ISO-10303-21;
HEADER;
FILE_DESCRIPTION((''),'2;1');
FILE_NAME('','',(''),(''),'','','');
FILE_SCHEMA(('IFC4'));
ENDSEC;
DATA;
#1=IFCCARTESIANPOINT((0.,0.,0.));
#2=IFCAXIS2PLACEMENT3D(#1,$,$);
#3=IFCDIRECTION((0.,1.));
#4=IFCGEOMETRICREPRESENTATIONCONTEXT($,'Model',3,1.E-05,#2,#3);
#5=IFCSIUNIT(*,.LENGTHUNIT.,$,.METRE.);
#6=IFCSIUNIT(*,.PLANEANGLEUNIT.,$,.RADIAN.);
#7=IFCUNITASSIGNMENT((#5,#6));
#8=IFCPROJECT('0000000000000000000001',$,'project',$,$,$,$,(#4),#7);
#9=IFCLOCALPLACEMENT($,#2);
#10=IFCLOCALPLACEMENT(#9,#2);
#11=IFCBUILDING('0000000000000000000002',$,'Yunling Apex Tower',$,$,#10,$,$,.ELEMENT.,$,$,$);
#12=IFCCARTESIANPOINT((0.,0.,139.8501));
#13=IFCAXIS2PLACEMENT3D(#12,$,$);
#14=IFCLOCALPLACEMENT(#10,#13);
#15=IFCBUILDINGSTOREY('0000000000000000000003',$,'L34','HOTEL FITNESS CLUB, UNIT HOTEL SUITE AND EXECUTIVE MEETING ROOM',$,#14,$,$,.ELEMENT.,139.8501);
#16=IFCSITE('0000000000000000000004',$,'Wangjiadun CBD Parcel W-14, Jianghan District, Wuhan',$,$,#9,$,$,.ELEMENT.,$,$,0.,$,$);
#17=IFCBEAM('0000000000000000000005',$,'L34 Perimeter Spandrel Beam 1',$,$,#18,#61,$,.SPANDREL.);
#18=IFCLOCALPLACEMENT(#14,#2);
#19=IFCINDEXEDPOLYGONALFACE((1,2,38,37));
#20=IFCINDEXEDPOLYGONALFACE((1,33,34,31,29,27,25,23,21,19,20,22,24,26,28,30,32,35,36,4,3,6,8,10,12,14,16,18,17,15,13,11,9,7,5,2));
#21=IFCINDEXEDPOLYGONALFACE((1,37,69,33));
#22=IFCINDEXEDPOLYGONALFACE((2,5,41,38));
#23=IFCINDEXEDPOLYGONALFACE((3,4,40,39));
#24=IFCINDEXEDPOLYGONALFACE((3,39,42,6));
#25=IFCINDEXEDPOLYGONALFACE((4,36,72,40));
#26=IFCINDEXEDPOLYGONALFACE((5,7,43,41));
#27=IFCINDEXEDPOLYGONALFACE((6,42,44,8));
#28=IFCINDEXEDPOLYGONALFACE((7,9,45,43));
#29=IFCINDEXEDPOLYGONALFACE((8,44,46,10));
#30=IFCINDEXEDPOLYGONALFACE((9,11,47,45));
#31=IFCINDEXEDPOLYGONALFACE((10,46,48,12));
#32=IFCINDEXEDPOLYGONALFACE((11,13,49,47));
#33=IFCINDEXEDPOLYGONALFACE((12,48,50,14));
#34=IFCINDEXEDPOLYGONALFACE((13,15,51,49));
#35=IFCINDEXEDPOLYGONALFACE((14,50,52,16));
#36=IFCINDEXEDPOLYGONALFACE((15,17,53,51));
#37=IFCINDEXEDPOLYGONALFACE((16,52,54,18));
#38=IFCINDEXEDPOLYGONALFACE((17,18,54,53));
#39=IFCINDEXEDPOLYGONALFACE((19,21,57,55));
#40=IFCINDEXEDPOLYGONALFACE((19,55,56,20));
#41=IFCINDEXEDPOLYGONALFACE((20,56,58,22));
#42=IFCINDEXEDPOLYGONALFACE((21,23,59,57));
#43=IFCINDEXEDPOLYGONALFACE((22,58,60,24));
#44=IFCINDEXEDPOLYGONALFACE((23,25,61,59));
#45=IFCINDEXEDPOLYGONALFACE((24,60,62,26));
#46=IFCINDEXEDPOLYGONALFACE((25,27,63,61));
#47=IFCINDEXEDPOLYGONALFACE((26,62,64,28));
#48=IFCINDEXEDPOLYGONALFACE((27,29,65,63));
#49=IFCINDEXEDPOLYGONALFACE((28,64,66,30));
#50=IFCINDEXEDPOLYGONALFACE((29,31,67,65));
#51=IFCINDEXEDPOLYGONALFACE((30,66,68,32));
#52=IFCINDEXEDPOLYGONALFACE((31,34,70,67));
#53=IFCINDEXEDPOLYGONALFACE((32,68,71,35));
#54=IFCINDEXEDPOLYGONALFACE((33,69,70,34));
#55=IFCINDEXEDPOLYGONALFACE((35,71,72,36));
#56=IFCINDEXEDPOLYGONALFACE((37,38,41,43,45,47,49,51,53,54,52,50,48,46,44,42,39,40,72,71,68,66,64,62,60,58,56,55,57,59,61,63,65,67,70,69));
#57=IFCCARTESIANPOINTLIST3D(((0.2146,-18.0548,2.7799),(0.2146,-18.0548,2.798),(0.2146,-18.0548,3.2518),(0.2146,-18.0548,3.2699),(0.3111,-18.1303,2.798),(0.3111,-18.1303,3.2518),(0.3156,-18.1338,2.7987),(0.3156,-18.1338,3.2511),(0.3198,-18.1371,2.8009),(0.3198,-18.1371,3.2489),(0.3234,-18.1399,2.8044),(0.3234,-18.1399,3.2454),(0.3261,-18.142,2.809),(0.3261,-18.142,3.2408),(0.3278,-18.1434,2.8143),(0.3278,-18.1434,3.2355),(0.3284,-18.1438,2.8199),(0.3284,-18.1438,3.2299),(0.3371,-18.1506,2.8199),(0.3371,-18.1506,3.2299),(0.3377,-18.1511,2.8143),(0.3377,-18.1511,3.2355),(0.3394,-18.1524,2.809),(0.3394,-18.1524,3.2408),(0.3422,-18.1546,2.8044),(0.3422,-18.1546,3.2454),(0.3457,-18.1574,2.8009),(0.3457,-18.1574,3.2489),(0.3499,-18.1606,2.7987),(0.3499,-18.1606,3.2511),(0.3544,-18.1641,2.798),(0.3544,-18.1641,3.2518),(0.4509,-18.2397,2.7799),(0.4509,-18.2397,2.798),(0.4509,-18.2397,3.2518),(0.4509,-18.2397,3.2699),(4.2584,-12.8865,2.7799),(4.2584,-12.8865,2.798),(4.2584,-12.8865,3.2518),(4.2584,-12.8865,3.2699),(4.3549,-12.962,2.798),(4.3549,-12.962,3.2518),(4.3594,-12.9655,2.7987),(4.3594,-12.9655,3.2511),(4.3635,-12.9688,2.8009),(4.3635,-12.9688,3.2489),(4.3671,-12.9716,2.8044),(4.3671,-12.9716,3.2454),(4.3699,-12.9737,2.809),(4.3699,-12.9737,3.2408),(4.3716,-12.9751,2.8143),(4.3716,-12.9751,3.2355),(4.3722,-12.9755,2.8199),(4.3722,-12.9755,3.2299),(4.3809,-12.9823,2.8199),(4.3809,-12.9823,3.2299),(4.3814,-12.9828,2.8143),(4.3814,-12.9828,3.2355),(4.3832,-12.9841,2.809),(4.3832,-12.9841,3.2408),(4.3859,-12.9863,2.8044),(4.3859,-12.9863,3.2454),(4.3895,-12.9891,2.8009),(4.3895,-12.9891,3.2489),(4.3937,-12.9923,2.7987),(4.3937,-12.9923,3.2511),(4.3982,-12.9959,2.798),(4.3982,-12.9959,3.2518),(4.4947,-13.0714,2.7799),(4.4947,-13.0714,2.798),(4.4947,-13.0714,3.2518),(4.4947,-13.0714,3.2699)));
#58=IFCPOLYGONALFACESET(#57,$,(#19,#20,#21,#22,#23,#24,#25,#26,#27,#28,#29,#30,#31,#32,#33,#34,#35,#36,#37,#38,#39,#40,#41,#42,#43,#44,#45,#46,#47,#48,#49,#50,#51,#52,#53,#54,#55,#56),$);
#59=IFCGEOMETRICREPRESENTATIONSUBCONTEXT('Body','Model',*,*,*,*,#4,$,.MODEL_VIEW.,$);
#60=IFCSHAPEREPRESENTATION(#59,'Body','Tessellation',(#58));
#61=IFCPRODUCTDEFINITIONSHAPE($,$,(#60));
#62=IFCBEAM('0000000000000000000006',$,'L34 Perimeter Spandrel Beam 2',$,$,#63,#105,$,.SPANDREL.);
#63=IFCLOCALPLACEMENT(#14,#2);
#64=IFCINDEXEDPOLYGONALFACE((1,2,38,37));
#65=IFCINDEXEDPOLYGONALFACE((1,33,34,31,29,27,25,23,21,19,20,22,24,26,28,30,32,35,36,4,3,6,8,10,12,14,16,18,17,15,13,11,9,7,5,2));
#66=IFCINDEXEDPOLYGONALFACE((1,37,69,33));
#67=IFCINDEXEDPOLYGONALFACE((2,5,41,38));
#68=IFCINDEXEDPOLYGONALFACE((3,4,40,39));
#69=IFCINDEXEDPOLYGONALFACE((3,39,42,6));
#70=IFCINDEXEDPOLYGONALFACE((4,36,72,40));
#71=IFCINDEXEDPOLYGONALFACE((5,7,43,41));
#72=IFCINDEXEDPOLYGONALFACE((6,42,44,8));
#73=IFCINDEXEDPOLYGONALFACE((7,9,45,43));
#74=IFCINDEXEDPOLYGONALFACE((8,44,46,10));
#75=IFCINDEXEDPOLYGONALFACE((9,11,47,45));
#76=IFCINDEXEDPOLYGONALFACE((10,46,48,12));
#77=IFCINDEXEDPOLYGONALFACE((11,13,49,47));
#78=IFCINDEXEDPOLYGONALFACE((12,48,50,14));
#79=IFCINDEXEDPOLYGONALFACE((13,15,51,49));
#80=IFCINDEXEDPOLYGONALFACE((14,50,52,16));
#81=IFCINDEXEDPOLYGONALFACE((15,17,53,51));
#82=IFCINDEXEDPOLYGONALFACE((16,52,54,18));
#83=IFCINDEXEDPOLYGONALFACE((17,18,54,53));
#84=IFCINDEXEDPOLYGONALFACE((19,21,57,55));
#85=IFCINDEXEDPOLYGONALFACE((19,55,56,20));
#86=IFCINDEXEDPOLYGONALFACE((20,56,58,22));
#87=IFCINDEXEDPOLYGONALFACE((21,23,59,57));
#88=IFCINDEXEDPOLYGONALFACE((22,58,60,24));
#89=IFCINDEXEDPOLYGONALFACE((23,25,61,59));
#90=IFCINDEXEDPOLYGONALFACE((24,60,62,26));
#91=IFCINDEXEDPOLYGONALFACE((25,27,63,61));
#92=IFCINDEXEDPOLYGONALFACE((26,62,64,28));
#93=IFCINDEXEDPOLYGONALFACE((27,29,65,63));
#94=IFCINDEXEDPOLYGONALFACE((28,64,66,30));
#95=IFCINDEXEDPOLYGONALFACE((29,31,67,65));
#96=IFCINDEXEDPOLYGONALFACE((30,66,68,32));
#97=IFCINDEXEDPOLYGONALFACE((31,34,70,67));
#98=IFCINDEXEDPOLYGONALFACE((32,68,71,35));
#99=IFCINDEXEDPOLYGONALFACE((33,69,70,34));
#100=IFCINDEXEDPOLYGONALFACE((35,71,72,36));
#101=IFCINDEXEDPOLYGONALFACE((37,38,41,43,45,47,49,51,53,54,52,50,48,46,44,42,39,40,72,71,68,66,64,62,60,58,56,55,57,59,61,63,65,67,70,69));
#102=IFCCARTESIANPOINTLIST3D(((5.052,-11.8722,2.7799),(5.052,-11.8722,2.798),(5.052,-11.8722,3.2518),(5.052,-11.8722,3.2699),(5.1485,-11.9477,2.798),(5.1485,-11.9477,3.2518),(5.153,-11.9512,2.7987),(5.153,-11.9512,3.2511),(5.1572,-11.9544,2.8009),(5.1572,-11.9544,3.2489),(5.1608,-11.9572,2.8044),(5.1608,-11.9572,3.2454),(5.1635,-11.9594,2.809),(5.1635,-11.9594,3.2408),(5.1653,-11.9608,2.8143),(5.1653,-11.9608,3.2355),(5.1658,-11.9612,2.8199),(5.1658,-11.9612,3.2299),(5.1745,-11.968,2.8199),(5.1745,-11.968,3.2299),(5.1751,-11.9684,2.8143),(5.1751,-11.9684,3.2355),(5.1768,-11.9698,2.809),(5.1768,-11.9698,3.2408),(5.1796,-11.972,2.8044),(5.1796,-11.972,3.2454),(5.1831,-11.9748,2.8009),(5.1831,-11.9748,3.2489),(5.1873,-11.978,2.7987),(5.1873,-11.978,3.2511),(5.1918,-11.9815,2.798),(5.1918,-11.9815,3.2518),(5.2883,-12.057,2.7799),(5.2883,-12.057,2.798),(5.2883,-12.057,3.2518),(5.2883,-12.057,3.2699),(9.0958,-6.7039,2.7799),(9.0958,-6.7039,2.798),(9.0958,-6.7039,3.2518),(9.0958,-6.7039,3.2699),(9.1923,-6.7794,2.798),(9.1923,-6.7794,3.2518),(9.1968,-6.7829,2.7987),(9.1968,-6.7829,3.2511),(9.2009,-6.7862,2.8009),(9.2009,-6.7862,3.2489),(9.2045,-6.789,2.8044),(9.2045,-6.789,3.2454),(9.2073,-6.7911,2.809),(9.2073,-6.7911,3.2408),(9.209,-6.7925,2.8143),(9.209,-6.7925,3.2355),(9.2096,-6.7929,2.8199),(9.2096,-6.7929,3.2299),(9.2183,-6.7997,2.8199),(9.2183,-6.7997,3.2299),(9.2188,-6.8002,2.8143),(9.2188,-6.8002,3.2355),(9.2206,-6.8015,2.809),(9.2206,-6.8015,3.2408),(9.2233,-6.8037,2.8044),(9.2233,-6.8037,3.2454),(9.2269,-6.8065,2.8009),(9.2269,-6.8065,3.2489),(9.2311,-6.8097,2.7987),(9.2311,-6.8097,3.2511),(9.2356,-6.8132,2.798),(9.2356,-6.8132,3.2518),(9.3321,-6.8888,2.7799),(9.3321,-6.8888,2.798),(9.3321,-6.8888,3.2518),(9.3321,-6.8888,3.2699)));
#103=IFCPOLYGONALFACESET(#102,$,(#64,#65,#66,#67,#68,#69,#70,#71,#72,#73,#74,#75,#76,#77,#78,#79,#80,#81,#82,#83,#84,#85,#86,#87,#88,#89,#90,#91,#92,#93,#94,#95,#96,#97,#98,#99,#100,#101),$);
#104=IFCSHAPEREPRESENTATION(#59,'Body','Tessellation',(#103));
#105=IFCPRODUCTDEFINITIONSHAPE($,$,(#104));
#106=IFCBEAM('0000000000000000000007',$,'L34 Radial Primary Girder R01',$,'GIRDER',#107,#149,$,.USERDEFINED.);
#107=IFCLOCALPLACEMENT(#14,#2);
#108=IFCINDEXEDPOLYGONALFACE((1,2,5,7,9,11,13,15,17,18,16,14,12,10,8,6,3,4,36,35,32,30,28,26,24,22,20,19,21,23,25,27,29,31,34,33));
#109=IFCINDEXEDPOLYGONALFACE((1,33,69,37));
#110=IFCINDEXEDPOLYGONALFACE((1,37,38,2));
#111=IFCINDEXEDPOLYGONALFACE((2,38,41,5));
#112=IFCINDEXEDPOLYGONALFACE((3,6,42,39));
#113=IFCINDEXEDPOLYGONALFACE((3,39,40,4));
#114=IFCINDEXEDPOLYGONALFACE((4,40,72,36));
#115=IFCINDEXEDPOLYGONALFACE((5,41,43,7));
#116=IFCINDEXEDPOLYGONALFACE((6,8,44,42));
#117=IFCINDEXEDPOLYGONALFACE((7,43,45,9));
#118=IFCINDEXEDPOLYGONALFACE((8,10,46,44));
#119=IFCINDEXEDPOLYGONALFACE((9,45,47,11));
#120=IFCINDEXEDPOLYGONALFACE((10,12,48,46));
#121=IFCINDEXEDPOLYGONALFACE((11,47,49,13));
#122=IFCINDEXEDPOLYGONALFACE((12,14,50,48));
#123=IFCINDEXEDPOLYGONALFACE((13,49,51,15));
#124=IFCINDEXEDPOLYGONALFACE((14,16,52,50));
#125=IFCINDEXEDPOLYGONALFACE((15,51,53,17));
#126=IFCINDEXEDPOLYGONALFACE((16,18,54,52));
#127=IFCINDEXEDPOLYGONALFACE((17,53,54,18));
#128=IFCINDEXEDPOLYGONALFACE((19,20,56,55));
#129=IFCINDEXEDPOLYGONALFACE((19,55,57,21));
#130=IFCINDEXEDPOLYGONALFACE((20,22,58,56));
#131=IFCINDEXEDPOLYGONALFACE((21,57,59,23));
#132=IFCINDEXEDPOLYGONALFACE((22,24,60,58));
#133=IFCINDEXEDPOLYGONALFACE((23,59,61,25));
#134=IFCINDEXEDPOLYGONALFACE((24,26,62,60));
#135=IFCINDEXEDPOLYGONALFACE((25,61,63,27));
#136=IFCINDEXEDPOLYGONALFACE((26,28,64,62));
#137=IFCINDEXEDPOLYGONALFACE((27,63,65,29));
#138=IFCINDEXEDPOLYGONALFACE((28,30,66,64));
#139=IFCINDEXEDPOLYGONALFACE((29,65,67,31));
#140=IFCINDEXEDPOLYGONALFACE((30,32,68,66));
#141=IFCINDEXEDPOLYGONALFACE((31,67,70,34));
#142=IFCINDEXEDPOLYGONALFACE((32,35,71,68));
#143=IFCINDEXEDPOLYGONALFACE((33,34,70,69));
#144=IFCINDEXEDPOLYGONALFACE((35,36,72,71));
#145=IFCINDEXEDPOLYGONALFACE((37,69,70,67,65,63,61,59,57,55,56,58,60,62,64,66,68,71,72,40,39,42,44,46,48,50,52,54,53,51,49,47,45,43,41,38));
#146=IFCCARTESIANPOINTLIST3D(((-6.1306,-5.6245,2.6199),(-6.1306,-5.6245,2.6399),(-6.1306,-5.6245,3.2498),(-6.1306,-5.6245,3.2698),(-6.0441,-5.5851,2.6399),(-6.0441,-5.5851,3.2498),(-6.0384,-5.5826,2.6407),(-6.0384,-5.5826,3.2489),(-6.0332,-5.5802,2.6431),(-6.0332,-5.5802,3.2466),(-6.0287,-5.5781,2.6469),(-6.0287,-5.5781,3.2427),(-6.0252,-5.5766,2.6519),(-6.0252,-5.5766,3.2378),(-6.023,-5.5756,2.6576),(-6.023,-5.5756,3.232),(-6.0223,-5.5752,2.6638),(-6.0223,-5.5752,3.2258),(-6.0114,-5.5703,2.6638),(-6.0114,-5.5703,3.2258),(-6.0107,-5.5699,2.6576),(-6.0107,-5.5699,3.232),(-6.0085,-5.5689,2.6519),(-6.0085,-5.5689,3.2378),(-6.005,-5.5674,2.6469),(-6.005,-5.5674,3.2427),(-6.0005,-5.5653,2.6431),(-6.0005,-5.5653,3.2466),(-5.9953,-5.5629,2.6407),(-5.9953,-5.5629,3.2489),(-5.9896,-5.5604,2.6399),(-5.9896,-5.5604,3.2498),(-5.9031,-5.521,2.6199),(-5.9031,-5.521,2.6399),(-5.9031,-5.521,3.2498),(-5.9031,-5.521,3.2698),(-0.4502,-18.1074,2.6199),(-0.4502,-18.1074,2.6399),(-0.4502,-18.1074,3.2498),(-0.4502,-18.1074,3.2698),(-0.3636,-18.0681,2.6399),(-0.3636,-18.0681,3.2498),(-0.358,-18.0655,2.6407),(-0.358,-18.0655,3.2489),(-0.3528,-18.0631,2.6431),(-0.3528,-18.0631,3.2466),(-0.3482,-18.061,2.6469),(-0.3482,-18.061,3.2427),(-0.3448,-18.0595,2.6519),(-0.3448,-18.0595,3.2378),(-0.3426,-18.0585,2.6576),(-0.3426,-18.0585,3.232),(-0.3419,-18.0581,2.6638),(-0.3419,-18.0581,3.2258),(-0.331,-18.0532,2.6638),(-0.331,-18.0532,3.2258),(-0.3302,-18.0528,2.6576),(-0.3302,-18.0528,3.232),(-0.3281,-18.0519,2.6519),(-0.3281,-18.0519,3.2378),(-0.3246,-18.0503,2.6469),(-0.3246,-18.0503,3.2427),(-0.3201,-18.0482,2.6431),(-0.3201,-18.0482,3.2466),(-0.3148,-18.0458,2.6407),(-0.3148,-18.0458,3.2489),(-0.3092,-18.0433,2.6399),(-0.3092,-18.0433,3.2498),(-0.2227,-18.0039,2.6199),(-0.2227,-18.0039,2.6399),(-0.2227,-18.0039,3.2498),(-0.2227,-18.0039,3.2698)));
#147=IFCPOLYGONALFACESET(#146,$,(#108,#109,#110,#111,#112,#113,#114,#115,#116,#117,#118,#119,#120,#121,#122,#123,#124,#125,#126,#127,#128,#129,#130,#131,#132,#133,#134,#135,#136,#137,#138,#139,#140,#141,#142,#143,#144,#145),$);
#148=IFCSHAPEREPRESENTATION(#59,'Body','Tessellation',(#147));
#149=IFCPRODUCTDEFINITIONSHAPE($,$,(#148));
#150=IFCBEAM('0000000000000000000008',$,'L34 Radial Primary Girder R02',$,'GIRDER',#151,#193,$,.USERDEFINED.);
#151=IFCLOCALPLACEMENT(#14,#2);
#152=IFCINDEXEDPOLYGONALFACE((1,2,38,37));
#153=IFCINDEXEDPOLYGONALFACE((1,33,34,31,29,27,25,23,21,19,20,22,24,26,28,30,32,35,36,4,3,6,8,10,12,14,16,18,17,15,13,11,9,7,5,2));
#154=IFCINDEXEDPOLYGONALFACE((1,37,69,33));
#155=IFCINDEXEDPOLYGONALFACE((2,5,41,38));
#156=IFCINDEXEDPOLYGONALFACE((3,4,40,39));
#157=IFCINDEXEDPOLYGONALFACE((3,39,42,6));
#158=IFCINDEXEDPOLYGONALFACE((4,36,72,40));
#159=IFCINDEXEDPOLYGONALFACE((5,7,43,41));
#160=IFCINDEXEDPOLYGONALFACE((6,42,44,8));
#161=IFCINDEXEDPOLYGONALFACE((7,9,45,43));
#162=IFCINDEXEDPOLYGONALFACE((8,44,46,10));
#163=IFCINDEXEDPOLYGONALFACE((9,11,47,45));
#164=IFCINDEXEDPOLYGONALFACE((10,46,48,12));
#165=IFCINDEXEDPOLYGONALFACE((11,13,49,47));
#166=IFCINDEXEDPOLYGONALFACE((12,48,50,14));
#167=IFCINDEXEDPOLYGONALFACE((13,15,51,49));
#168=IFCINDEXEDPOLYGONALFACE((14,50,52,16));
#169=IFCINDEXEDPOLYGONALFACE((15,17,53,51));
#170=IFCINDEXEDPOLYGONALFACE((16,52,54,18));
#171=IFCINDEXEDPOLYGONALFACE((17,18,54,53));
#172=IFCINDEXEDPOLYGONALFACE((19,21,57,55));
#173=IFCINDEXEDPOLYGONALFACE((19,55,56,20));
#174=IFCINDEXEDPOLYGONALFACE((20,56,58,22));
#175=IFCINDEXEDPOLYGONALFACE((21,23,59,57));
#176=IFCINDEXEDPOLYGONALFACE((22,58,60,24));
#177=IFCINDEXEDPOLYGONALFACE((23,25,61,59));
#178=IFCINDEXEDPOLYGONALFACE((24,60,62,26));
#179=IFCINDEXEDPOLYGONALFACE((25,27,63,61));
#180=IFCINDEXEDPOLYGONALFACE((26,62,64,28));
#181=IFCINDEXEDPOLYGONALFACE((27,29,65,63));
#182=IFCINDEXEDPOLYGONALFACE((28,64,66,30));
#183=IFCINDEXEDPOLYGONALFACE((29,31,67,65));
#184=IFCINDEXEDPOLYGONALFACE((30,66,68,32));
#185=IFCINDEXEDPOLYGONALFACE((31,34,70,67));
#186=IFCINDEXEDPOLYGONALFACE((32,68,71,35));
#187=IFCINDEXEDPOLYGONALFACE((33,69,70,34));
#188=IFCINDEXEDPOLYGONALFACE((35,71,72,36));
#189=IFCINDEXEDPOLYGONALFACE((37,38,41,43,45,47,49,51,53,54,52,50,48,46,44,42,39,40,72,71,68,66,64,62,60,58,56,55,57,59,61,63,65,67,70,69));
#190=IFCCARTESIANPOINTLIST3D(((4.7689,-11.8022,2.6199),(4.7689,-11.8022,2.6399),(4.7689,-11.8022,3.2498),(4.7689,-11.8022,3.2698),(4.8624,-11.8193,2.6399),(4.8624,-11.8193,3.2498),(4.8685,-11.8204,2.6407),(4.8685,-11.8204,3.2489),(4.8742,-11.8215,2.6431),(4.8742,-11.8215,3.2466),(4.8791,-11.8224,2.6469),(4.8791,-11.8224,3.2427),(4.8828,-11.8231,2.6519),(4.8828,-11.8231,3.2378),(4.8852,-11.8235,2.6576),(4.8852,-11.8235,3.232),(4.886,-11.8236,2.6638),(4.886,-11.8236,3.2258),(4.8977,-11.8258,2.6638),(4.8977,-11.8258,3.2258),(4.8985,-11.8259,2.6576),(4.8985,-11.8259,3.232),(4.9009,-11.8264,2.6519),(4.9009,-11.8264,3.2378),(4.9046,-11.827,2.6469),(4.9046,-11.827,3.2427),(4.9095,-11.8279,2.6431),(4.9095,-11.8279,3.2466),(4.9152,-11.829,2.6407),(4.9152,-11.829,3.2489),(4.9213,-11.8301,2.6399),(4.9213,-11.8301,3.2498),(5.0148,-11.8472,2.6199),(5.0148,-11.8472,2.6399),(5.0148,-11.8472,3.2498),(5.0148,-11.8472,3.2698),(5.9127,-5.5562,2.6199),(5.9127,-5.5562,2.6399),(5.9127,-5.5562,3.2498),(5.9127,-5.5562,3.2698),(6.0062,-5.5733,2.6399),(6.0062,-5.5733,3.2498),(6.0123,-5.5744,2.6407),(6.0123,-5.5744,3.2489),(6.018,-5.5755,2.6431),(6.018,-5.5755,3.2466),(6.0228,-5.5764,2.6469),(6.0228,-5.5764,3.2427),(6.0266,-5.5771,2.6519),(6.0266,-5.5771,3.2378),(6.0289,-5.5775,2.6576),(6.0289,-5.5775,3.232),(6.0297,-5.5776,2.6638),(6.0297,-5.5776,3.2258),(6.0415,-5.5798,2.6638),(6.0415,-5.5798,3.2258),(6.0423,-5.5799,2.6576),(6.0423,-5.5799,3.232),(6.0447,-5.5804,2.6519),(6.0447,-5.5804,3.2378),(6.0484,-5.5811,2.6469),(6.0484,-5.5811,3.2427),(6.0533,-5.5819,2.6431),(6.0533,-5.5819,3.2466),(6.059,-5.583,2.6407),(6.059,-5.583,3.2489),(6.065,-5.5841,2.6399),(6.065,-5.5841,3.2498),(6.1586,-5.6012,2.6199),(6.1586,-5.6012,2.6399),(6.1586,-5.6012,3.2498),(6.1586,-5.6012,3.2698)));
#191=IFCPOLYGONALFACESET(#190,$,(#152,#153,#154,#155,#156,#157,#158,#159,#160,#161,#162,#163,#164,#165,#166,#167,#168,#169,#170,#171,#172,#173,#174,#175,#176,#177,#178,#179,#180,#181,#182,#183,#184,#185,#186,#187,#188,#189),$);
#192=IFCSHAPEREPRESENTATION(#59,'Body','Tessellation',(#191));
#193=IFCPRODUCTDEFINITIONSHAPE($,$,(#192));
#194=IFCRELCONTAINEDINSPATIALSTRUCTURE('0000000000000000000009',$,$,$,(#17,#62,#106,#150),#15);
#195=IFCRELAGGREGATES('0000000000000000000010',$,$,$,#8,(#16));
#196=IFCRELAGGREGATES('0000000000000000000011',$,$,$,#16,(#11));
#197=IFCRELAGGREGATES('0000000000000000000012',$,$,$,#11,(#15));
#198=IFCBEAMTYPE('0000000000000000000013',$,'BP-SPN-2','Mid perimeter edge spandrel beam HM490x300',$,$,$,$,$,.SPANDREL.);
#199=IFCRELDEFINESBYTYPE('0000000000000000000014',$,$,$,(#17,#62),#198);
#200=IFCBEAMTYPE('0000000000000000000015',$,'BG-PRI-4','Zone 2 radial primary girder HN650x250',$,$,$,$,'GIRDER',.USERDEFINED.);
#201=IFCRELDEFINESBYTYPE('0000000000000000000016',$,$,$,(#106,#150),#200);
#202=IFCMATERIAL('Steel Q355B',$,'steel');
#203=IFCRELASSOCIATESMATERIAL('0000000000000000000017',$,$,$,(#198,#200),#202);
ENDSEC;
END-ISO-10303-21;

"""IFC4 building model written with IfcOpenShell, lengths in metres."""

from ifc_helpers import new_model, si_unit, direction, frame, origin, origin_2d, place, context, subcontext, project, spatial, i_section, extrude, source, transform, mapped, material, material_profile, profile_set, type_object, element, save


model = new_model("IFC4")

# Units and contexts
model_context = context("Model", 3, precision=1e-05, world=origin(), true_north=direction((0.0, 1.0)))
body_context = subcontext(model_context, "Body", "Model", "MODEL_VIEW")
ifc_project = project(units=[si_unit("LENGTHUNIT", "METRE"), si_unit("PLANEANGLEUNIT", "RADIAN")], contexts=[model_context])

# Site, building, storey
site_placement = place(None, origin())
site = spatial("IfcSite", under=ifc_project, at=site_placement, Name="Wangjiadun CBD Parcel W-14, Jianghan District, Wuhan", CompositionType="ELEMENT", RefElevation=0.0)
building_placement = place(site_placement, origin())
building = spatial("IfcBuilding", under=site, at=building_placement, Name="Yunling Apex Tower", CompositionType="ELEMENT")
storey_placement = place(building_placement, frame((0.0, 0.0, 139.8501)))
storey = spatial("IfcBuildingStorey", under=building, at=storey_placement, Name="L34", Description="HOTEL FITNESS CLUB, UNIT HOTEL SUITE AND EXECUTIVE MEETING ROOM", CompositionType="ELEMENT", Elevation=139.8501)

# Beams
ifc_material_1 = material(Name="Steel Q355B", Category="steel")
ifc_material_profile_1 = material_profile(ifc_material_1, i_section(OverallWidth=0.3, OverallDepth=0.49, WebThickness=0.011, FlangeThickness=0.0181, FilletRadius=0.022, at=origin_2d()))
ifc_profile_set_1 = profile_set([ifc_material_profile_1], Name="Steel Q355B")
beam_type_1 = type_object("IfcBeamType", Name="BP-SPN-2", Description="Mid perimeter edge spandrel beam HM490x300", PredefinedType="SPANDREL", material=ifc_profile_set_1)
shared_shape_1 = source(origin(), body_context, "Body", "SweptSolid", [
    extrude(i_section(OverallWidth=0.3, OverallDepth=0.49, WebThickness=0.011, FlangeThickness=0.0181, FilletRadius=0.022, at=origin_2d()), origin(), (0.0, 0.0, 1.0), 6.5623),
])
for number, where, z_axis, x_axis, name in (
    (1, (0.3328, -18.1472, 3.0249), (0.616215, 0.787578, 0.0), (-0.787578, 0.616215, 0.0), "L34 Perimeter Spandrel Beam 1"),
    (2, (5.1702, -11.9646, 3.0249), (0.616215, 0.787578, 0.0), (-0.787578, 0.616215, 0.0), "L34 Perimeter Spandrel Beam 2"),
):
    element("IfcBeam", number, at=place(storey_placement, frame(where, z_axis=z_axis, x_axis=x_axis)), inside=storey, type_object=beam_type_1, Name=name, PredefinedType="SPANDREL", context=body_context, shape_type="MappedRepresentation", body=[
        mapped(shared_shape_1, transform((0.0, 0.0, 0.0), scale=1.0)),
    ])
ifc_material_profile_2 = material_profile(ifc_material_1, i_section(OverallWidth=0.25, OverallDepth=0.6499, WebThickness=0.012, FlangeThickness=0.02, FilletRadius=0.0239, at=origin_2d()))
ifc_profile_set_2 = profile_set([ifc_material_profile_2], Name="Steel Q355B")
beam_type_2 = type_object("IfcBeamType", Name="BG-PRI-4", Description="Zone 2 radial primary girder HN650x250", ElementType="GIRDER", PredefinedType="USERDEFINED", material=ifc_profile_set_2)
shared_shape_2 = source(origin(), body_context, "Body", "SweptSolid", [
    extrude(i_section(OverallWidth=0.25, OverallDepth=0.6499, WebThickness=0.012, FlangeThickness=0.02, FilletRadius=0.0239, at=origin_2d()), origin(), (0.0, 0.0, 1.0), 13.7146),
])
beam_1_placement = place(storey_placement, frame((-0.3364, -18.0557, 2.9448), z_axis=(-0.414188, 0.910191, 0.0), x_axis=(-0.910191, -0.414188, 0.0)))
element("IfcBeam", 3, at=beam_1_placement, inside=storey, type_object=beam_type_2, Name="L34 Radial Primary Girder R01", ObjectType="GIRDER", PredefinedType="USERDEFINED", context=body_context, shape_type="MappedRepresentation", body=[
    mapped(shared_shape_2, transform((0.0, 0.0, 0.0), scale=1.0)),
])
shared_shape_3 = source(origin(), body_context, "Body", "SweptSolid", [
    extrude(i_section(OverallWidth=0.25, OverallDepth=0.6499, WebThickness=0.012, FlangeThickness=0.02, FilletRadius=0.0239, at=origin_2d()), origin(), (0.0, 0.0, 1.0), 6.3499),
])
beam_2_placement = place(storey_placement, frame((4.8918, -11.8247, 2.9448), z_axis=(0.180127, 0.983643, 0.0), x_axis=(-0.983643, 0.180127, 0.0)))
element("IfcBeam", 4, at=beam_2_placement, inside=storey, type_object=beam_type_2, Name="L34 Radial Primary Girder R02", ObjectType="GIRDER", PredefinedType="USERDEFINED", context=body_context, shape_type="MappedRepresentation", body=[
    mapped(shared_shape_3, transform((0.0, 0.0, 0.0), scale=1.0)),
])

save(model, "model.ifc")
